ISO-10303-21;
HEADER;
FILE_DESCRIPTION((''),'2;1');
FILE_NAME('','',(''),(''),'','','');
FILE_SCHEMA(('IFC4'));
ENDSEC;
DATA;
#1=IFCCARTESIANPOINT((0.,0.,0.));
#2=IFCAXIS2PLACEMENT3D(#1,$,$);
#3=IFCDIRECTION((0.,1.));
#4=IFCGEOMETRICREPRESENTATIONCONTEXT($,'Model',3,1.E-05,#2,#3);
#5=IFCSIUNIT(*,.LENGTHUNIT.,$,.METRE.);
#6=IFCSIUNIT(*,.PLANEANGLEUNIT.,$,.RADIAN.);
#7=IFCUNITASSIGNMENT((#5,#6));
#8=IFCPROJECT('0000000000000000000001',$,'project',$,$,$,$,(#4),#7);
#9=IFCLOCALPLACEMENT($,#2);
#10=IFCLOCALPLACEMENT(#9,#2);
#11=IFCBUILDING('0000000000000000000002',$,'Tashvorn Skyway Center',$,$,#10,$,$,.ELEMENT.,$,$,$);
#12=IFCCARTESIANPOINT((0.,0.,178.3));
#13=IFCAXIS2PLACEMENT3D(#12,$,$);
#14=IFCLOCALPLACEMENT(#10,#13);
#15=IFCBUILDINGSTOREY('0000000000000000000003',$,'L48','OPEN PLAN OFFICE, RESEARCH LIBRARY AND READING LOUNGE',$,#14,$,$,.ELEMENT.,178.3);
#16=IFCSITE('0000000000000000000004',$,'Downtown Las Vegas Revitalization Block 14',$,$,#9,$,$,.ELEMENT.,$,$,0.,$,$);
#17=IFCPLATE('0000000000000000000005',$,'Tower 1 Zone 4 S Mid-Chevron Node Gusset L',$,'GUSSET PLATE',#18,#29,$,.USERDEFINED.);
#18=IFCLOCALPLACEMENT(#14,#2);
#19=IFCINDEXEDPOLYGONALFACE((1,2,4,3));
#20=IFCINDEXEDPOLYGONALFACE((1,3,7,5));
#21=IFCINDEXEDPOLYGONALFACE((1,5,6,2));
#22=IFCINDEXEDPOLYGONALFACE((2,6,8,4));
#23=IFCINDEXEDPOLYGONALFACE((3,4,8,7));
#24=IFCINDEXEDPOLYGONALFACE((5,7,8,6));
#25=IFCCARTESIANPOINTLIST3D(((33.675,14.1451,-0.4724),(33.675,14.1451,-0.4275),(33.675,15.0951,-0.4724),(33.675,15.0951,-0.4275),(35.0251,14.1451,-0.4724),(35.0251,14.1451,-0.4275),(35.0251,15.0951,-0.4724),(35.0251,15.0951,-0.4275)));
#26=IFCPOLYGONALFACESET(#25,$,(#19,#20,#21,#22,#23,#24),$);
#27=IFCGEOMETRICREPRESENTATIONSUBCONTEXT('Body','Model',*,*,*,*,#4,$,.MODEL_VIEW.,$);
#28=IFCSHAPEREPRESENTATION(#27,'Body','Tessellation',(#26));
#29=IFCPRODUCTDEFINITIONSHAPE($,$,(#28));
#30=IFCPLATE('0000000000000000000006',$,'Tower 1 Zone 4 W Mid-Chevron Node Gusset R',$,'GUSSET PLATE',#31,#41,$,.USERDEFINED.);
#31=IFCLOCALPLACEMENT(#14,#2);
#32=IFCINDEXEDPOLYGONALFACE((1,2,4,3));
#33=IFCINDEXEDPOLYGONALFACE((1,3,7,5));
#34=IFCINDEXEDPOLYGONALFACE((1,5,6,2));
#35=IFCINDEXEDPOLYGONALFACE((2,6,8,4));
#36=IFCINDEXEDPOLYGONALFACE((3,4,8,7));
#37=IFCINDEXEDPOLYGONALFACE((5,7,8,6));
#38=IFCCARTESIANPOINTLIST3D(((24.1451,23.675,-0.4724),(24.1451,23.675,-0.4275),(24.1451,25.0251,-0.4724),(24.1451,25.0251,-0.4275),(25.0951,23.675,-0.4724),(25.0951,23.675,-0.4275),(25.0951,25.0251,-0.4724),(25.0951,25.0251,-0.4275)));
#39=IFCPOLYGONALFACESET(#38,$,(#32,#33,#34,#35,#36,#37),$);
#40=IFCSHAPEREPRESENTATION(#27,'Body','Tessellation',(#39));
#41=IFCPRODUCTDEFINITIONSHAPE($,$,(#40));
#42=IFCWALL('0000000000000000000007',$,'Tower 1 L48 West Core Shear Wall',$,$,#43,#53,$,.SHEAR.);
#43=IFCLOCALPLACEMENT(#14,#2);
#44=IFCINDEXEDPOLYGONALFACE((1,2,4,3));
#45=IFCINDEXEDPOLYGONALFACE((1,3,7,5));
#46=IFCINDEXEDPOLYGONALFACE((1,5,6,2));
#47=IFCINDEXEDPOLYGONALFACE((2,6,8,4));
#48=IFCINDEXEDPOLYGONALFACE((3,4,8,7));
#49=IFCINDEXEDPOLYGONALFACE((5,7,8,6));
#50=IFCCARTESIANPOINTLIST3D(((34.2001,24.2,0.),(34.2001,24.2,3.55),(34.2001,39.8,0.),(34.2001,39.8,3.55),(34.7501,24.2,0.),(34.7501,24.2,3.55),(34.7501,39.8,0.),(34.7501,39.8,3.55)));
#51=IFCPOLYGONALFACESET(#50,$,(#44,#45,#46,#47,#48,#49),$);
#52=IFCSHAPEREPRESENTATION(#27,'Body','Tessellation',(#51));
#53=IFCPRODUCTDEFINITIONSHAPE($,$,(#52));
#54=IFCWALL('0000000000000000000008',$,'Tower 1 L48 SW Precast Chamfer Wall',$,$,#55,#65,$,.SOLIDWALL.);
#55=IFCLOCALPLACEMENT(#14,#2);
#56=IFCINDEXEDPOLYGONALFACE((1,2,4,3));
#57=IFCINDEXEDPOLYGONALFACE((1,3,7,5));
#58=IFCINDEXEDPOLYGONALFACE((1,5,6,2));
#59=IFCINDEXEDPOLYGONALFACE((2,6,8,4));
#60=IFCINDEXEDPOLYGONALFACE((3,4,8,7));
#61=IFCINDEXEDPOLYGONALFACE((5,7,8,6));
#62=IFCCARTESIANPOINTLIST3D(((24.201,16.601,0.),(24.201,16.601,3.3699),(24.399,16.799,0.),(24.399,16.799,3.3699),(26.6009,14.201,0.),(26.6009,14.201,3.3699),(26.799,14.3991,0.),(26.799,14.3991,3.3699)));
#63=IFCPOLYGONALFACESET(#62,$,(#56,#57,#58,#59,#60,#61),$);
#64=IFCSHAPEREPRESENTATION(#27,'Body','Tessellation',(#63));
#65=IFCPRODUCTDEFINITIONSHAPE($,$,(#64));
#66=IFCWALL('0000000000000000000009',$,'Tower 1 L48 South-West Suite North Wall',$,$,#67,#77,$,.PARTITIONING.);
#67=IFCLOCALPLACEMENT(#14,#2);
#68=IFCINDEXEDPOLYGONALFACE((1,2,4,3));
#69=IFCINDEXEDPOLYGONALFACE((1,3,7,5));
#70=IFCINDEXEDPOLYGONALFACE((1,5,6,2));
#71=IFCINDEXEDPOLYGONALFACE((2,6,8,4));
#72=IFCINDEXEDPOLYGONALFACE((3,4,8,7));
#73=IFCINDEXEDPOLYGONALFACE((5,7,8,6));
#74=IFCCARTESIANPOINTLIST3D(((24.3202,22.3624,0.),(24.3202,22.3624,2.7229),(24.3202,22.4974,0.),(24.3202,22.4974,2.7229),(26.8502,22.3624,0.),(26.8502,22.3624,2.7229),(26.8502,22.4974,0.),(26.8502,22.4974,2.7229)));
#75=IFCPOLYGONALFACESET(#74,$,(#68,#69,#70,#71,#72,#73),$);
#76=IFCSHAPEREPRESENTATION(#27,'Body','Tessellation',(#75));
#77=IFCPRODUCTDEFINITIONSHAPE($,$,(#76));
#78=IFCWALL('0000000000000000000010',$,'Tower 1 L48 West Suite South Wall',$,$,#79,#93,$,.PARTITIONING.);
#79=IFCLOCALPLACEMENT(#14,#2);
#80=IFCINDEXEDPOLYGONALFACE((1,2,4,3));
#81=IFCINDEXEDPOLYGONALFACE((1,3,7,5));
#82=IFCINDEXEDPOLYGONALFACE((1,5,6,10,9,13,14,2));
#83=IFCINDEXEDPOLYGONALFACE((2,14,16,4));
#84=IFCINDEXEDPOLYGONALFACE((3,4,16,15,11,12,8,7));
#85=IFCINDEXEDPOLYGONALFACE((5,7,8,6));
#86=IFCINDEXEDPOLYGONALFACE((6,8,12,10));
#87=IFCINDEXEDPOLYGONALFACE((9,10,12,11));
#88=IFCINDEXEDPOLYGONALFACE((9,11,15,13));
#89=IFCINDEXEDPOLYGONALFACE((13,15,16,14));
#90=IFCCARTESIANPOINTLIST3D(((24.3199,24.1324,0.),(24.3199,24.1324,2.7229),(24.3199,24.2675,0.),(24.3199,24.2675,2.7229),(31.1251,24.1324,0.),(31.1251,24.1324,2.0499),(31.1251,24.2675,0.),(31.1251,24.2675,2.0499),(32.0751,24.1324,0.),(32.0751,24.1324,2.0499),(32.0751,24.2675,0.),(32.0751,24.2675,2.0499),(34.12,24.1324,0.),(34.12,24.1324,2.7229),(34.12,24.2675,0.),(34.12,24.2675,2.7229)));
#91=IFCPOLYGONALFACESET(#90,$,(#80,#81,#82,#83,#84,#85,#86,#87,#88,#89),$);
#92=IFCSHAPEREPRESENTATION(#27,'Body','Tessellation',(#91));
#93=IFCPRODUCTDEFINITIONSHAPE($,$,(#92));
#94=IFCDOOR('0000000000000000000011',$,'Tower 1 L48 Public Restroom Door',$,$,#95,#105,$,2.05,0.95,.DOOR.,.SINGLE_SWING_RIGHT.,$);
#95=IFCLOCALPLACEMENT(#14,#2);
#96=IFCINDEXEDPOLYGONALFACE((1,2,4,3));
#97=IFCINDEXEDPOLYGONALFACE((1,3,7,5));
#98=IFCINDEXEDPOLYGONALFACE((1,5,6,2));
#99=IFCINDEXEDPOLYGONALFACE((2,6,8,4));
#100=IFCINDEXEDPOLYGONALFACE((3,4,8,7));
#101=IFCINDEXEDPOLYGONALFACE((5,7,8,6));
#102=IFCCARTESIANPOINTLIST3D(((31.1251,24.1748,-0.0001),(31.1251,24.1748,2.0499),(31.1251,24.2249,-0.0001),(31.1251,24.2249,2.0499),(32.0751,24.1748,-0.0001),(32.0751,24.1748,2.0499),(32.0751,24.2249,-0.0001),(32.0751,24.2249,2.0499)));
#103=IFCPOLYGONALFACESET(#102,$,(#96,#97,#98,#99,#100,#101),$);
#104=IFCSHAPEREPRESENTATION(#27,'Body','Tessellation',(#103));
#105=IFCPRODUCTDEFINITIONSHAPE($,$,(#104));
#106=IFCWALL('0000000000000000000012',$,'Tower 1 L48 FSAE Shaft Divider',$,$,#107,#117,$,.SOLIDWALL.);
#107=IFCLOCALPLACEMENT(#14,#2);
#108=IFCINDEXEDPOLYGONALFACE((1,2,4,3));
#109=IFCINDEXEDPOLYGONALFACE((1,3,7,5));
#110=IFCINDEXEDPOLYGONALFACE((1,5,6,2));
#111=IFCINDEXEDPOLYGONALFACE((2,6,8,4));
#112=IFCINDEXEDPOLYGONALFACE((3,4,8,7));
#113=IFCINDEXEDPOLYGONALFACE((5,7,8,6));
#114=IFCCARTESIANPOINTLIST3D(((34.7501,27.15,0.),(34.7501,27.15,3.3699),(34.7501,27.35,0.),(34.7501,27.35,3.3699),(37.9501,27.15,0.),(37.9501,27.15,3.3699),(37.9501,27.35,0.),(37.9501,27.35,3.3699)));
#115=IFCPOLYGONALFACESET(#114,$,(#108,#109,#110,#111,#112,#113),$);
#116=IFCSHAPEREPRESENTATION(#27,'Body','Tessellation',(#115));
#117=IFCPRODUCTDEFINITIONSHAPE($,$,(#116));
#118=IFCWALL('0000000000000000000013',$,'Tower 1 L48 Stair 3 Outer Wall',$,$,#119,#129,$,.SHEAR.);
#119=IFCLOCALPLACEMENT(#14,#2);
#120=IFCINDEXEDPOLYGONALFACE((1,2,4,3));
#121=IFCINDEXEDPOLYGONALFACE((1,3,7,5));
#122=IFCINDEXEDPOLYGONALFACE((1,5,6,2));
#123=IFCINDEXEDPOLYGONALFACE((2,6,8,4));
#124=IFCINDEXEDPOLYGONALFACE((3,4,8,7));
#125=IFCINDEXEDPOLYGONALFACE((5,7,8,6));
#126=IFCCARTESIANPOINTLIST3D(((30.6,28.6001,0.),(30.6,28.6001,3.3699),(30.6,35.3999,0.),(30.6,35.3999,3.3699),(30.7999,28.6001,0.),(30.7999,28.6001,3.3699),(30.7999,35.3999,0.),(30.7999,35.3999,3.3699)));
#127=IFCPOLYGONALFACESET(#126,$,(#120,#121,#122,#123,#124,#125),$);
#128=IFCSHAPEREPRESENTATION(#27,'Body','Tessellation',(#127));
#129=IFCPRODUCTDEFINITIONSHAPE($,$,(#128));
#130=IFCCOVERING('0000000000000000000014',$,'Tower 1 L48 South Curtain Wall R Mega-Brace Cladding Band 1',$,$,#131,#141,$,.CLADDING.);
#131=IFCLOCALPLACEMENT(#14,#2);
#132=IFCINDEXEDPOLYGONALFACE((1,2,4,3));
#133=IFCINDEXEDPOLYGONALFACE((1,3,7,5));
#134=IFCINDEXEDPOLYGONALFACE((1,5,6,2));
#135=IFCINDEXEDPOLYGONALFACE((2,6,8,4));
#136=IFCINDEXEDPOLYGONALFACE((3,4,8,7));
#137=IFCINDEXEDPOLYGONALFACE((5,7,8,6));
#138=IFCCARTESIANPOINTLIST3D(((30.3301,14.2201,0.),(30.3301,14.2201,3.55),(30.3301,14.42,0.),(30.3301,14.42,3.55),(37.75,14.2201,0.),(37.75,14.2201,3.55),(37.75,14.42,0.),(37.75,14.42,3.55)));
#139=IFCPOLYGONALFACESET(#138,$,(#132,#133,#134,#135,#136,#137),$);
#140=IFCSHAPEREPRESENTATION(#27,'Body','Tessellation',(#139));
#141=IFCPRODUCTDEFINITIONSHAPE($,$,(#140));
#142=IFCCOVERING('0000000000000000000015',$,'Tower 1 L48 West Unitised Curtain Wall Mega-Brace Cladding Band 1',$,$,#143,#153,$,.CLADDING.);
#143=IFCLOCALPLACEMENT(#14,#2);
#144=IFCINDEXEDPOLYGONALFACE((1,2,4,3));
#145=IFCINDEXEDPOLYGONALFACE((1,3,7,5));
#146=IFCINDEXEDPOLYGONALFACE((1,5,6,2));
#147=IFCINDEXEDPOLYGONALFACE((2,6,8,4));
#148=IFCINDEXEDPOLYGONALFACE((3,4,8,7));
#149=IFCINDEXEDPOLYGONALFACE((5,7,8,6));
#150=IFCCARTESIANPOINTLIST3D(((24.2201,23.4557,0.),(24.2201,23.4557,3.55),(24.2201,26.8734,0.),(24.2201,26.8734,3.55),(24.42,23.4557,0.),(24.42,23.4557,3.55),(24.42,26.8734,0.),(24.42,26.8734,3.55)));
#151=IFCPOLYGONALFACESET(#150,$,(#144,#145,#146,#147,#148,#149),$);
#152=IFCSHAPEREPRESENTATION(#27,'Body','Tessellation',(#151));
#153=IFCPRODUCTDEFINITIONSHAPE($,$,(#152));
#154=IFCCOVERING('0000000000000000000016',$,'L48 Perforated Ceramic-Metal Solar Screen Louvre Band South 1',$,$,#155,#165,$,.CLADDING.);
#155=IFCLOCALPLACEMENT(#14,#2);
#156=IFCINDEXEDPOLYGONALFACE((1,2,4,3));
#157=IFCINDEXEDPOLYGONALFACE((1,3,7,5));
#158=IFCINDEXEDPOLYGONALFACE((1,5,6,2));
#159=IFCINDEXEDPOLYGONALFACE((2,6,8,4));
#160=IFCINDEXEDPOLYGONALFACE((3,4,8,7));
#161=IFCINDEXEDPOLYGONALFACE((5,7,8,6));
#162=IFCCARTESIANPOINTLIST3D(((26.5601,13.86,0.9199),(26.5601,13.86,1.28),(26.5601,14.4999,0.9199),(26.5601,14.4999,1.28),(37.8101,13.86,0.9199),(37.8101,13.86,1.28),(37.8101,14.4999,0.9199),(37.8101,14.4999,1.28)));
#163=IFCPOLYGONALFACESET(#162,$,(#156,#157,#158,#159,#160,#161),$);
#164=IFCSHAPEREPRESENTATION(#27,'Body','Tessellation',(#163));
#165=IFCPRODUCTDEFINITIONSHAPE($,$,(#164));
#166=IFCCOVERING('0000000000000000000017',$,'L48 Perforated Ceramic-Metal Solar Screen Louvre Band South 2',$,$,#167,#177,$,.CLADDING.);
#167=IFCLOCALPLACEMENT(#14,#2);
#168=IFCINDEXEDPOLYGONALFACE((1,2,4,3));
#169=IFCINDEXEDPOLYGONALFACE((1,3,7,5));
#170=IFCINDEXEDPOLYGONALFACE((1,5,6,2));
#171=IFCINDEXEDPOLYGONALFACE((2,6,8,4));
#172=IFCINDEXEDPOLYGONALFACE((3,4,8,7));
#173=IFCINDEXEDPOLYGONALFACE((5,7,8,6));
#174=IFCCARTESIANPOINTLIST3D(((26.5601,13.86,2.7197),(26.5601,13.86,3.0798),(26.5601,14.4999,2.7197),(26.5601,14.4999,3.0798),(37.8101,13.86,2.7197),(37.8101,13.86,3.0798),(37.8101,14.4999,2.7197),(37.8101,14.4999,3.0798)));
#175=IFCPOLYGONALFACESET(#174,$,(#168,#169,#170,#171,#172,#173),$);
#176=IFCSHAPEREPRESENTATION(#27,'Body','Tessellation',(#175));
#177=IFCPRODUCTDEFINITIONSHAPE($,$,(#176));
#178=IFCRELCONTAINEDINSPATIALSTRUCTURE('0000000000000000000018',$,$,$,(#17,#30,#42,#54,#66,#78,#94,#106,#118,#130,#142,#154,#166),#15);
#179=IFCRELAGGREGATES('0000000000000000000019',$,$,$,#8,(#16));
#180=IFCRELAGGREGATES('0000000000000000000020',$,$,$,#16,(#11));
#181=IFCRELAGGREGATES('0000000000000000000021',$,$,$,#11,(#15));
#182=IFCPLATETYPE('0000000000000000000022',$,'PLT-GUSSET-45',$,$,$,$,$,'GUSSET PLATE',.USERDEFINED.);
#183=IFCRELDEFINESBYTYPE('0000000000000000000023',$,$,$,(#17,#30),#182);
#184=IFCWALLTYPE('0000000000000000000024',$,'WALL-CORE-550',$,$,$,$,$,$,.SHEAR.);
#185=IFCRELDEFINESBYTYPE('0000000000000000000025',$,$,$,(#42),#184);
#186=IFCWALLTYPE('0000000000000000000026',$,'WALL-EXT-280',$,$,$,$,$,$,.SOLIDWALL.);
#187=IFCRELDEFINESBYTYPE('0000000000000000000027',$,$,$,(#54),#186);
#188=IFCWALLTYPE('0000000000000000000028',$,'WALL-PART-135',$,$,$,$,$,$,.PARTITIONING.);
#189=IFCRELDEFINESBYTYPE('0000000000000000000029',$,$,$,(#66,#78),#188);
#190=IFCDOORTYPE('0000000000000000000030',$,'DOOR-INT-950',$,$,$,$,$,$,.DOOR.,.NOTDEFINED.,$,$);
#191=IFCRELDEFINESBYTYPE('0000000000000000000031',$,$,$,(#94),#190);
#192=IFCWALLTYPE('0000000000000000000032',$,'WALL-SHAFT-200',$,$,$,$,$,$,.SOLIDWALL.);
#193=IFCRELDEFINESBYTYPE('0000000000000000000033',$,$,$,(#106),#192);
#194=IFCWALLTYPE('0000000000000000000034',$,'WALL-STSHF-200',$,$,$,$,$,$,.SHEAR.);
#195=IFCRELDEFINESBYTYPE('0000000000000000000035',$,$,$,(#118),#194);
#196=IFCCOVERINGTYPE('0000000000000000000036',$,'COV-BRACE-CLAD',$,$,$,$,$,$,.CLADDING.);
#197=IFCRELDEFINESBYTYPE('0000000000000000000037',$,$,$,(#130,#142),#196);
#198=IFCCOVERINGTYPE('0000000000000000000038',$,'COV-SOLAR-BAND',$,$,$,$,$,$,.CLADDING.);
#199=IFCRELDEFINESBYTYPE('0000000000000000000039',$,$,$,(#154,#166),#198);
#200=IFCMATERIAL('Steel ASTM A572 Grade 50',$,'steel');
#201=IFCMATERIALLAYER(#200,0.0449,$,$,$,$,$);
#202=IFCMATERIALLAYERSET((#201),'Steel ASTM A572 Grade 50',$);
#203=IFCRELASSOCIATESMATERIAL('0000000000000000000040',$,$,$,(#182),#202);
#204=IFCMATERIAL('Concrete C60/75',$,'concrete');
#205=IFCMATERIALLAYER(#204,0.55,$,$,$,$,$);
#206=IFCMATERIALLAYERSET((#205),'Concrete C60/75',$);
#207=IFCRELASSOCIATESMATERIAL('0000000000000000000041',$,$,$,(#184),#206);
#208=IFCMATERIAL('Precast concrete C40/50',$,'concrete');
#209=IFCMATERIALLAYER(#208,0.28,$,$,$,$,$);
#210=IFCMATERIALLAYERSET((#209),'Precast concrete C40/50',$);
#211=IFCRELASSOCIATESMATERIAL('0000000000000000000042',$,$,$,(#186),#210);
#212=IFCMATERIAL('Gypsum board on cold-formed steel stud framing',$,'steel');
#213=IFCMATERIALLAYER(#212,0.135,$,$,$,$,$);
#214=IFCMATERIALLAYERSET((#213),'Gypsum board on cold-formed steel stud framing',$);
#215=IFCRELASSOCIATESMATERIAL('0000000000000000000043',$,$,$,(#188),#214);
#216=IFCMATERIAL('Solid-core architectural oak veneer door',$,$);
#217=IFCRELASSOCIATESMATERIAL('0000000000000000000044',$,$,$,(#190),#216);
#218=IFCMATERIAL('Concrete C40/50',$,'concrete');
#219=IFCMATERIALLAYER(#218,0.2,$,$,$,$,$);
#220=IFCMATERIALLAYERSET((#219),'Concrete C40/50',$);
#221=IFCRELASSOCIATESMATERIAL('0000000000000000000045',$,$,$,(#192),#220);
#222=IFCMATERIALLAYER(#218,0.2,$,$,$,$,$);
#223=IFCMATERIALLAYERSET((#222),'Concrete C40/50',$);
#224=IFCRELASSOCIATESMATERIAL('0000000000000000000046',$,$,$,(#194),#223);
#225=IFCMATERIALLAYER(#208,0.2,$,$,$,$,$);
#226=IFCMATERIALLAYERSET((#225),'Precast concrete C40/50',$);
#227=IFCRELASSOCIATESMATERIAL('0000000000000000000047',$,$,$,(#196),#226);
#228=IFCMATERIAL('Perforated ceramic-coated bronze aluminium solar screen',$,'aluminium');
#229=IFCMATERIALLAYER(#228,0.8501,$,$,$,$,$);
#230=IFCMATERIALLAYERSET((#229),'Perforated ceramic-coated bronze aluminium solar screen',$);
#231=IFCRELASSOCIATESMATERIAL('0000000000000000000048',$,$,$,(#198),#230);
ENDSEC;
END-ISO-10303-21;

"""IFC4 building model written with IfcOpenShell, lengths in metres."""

from ifc_helpers import new_model, si_unit, direction, frame, frame_2d, origin, origin_2d, place, context, subcontext, project, spatial, rectangle, extrude, material, layer, layer_set, type_object, element, fill, save


model = new_model("IFC4")

# Units and contexts
model_context = context("Model", 3, precision=1e-05, world=origin(), true_north=direction((0.0, 1.0)))
body_context = subcontext(model_context, "Body", "Model", "MODEL_VIEW")
ifc_project = project(units=[si_unit("LENGTHUNIT", "METRE"), si_unit("PLANEANGLEUNIT", "RADIAN")], contexts=[model_context])

# Site, building, storey
site_placement = place(None, origin())
site = spatial("IfcSite", under=ifc_project, at=site_placement, Name="Downtown Las Vegas Revitalization Block 14", CompositionType="ELEMENT", RefElevation=0.0)
building_placement = place(site_placement, origin())
building = spatial("IfcBuilding", under=site, at=building_placement, Name="Tashvorn Skyway Center", CompositionType="ELEMENT")
storey_placement = place(building_placement, frame((0.0, 0.0, 178.3)))
storey = spatial("IfcBuildingStorey", under=building, at=storey_placement, Name="L48", Description="OPEN PLAN OFFICE, RESEARCH LIBRARY AND READING LOUNGE", CompositionType="ELEMENT", Elevation=178.3)

# Shared definitions
ifc_material_1 = material(Name="Steel ASTM A572 Grade 50", Category="steel")

# Plates
ifc_layer_1 = layer(ifc_material_1, 0.0449)
ifc_layer_set_1 = layer_set([ifc_layer_1], Name="Steel ASTM A572 Grade 50")
plate_type_1 = type_object("IfcPlateType", Name="PLT-GUSSET-45", ElementType="GUSSET PLATE", PredefinedType="USERDEFINED", material=ifc_layer_set_1)
for number, where, z_axis, x_axis, name in (
    (1, (34.3501, 14.6201, -0.4724), (0.0, 0.0, 1.0), (1.0, 0.0, 0.0), "Tower 1 Zone 4 S Mid-Chevron Node Gusset L"),
    (2, (24.6201, 24.3501, -0.4724), (0.0, 0.0, 1.0), (0.0, -1.0, 0.0), "Tower 1 Zone 4 W Mid-Chevron Node Gusset R"),
):
    element("IfcPlate", number, at=place(storey_placement, frame(where, z_axis=z_axis, x_axis=x_axis)), inside=storey, type_object=plate_type_1, Name=name, ObjectType="GUSSET PLATE", PredefinedType="USERDEFINED", context=body_context, shape_type="SweptSolid", body=[
        extrude(rectangle(XDim=1.3501, YDim=0.95, at=origin_2d()), origin(), (0.0, 0.0, 1.0), 0.0449),
    ])

# Walls
ifc_material_2 = material(Name="Concrete C60/75", Category="concrete")
ifc_layer_2 = layer(ifc_material_2, 0.55)
ifc_layer_set_2 = layer_set([ifc_layer_2], Name="Concrete C60/75")
wall_type_1 = type_object("IfcWallType", Name="WALL-CORE-550", PredefinedType="SHEAR", material=ifc_layer_set_2)
wall_1_placement = place(storey_placement, frame((34.4751, 24.2, 0.0), z_axis=(0.0, 0.0, 1.0), x_axis=(0.0, 1.0, 0.0)))
element("IfcWall", 3, at=wall_1_placement, inside=storey, type_object=wall_type_1, Name="Tower 1 L48 West Core Shear Wall", PredefinedType="SHEAR", context=body_context, shape_type="SweptSolid", body=[
    extrude(rectangle(XDim=15.6001, YDim=0.55, at=frame_2d((7.8, 0.0))), origin(), (0.0, 0.0, 1.0), 3.55),
])
ifc_material_3 = material(Name="Precast concrete C40/50", Category="concrete")
ifc_layer_3 = layer(ifc_material_3, 0.28)
ifc_layer_set_3 = layer_set([ifc_layer_3], Name="Precast concrete C40/50")
wall_type_2 = type_object("IfcWallType", Name="WALL-EXT-280", PredefinedType="SOLIDWALL", material=ifc_layer_set_3)
wall_2_placement = place(storey_placement, frame((26.7, 14.3, 0.0), z_axis=(0.0, 0.0, 1.0), x_axis=(-0.707107, 0.707107, 0.0)))
element("IfcWall", 4, at=wall_2_placement, inside=storey, type_object=wall_type_2, Name="Tower 1 L48 SW Precast Chamfer Wall", PredefinedType="SOLIDWALL", context=body_context, shape_type="SweptSolid", body=[
    extrude(rectangle(XDim=3.394, YDim=0.28, at=frame_2d((1.697, 0.0))), origin(), (0.0, 0.0, 1.0), 3.3699),
])
ifc_material_4 = material(Name="Gypsum board on cold-formed steel stud framing", Category="steel")
ifc_layer_4 = layer(ifc_material_4, 0.135)
ifc_layer_set_4 = layer_set([ifc_layer_4], Name="Gypsum board on cold-formed steel stud framing")
wall_type_3 = type_object("IfcWallType", Name="WALL-PART-135", PredefinedType="PARTITIONING", material=ifc_layer_set_4)
wall_3_placement = place(storey_placement, frame((24.3201, 22.4299, 0.0), z_axis=(0.0, 0.0, 1.0), x_axis=(1.0, 0.0, 0.0)))
element("IfcWall", 5, at=wall_3_placement, inside=storey, type_object=wall_type_3, Name="Tower 1 L48 South-West Suite North Wall", PredefinedType="PARTITIONING", context=body_context, shape_type="SweptSolid", body=[
    extrude(rectangle(XDim=2.53, YDim=0.135, at=frame_2d((1.2651, 0.0))), origin(), (0.0, 0.0, 1.0), 2.7229),
])

# Wall, opening, door
wall_4_placement = place(storey_placement, frame((24.3201, 24.2, 0.0), z_axis=(0.0, 0.0, 1.0), x_axis=(1.0, 0.0, 0.0)))
wall_4 = element("IfcWall", 6, at=wall_4_placement, inside=storey, type_object=wall_type_3, Name="Tower 1 L48 West Suite South Wall", PredefinedType="PARTITIONING", context=body_context, shape_type="SweptSolid", body=[
    extrude(rectangle(XDim=9.8, YDim=0.135, at=frame_2d((4.8999, 0.0))), origin(), (0.0, 0.0, 1.0), 2.7229),
])
opening_placement = place(wall_4_placement, frame((6.8049, 0.0, 0.0)))
opening = element("IfcOpeningElement", 7, at=opening_placement, cuts=wall_4, PredefinedType="OPENING", context=body_context, shape_type="SweptSolid", body=[
    extrude(rectangle(XDim=0.95, YDim=2.05, at=frame_2d((0.4751, 1.0249))), frame((0.0, 0.0774, 0.0), z_axis=(0.0, -1.0, 0.0), x_axis=(1.0, 0.0, 0.0)), (0.0, 0.0, 1.0), 0.155),
])
ifc_material_5 = material(Name="Solid-core architectural oak veneer door")
door_type = type_object("IfcDoorType", Name="DOOR-INT-950", OperationType="NOTDEFINED", PredefinedType="DOOR", material=ifc_material_5)
door_placement = place(opening_placement, origin())
door = element("IfcDoor", 8, at=door_placement, inside=storey, type_object=door_type, Name="Tower 1 L48 Public Restroom Door", OperationType="SINGLE_SWING_RIGHT", OverallHeight=2.05, OverallWidth=0.95, PredefinedType="DOOR", context=body_context, shape_type="SweptSolid", body=[
    extrude(rectangle(XDim=0.95, YDim=2.05, at=frame_2d((0.4751, 1.0249))), frame((0.0, 0.0249, 0.0), z_axis=(0.0, -1.0, 0.0), x_axis=(1.0, 0.0, 0.0)), (0.0, 0.0, 1.0), 0.05),
])
fill(opening, door)

# Walls
ifc_material_6 = material(Name="Concrete C40/50", Category="concrete")
ifc_layer_5 = layer(ifc_material_6, 0.2)
ifc_layer_set_5 = layer_set([ifc_layer_5], Name="Concrete C40/50")
wall_type_4 = type_object("IfcWallType", Name="WALL-SHAFT-200", PredefinedType="SOLIDWALL", material=ifc_layer_set_5)
wall_5_placement = place(storey_placement, frame((34.75, 27.25, 0.0), z_axis=(0.0, 0.0, 1.0), x_axis=(1.0, 0.0, 0.0)))
element("IfcWall", 9, at=wall_5_placement, inside=storey, type_object=wall_type_4, Name="Tower 1 L48 FSAE Shaft Divider", PredefinedType="SOLIDWALL", context=body_context, shape_type="SweptSolid", body=[
    extrude(rectangle(XDim=3.2, YDim=0.2, at=frame_2d((1.6001, 0.0))), origin(), (0.0, 0.0, 1.0), 3.3699),
])
ifc_layer_6 = layer(ifc_material_6, 0.2)
ifc_layer_set_6 = layer_set([ifc_layer_6], Name="Concrete C40/50")
wall_type_5 = type_object("IfcWallType", Name="WALL-STSHF-200", PredefinedType="SHEAR", material=ifc_layer_set_6)
wall_6_placement = place(storey_placement, frame((30.7, 28.6001, 0.0), z_axis=(0.0, 0.0, 1.0), x_axis=(0.0, 1.0, 0.0)))
element("IfcWall", 10, at=wall_6_placement, inside=storey, type_object=wall_type_5, Name="Tower 1 L48 Stair 3 Outer Wall", PredefinedType="SHEAR", context=body_context, shape_type="SweptSolid", body=[
    extrude(rectangle(XDim=6.7998, YDim=0.2, at=frame_2d((3.3999, 0.0))), origin(), (0.0, 0.0, 1.0), 3.3699),
])

# Coverings
ifc_layer_7 = layer(ifc_material_3, 0.2)
ifc_layer_set_7 = layer_set([ifc_layer_7], Name="Precast concrete C40/50")
covering_type_1 = type_object("IfcCoveringType", Name="COV-BRACE-CLAD", PredefinedType="CLADDING", material=ifc_layer_set_7)
covering_1_placement = place(storey_placement, frame((34.04, 14.3201, 0.0), z_axis=(0.0, 0.0, 1.0), x_axis=(-1.0, 0.0, 0.0)))
element("IfcCovering", 11, at=covering_1_placement, inside=storey, type_object=covering_type_1, Name="Tower 1 L48 South Curtain Wall R Mega-Brace Cladding Band 1", PredefinedType="CLADDING", context=body_context, shape_type="SweptSolid", body=[
    extrude(rectangle(XDim=7.4199, YDim=0.2, at=origin_2d()), origin(), (0.0, 0.0, 1.0), 3.55),
])
covering_2_placement = place(storey_placement, frame((24.3201, 25.1646, 0.0), z_axis=(0.0, 0.0, 1.0), x_axis=(0.0, 1.0, 0.0)))
element("IfcCovering", 12, at=covering_2_placement, inside=storey, type_object=covering_type_1, Name="Tower 1 L48 West Unitised Curtain Wall Mega-Brace Cladding Band 1", PredefinedType="CLADDING", context=body_context, shape_type="SweptSolid", body=[
    extrude(rectangle(XDim=3.4177, YDim=0.2, at=origin_2d()), origin(), (0.0, 0.0, 1.0), 3.55),
])
ifc_material_7 = material(Name="Perforated ceramic-coated bronze aluminium solar screen", Category="aluminium")
ifc_layer_8 = layer(ifc_material_7, 0.8501)
ifc_layer_set_8 = layer_set([ifc_layer_8], Name="Perforated ceramic-coated bronze aluminium solar screen")
covering_type_2 = type_object("IfcCoveringType", Name="COV-SOLAR-BAND", PredefinedType="CLADDING", material=ifc_layer_set_8)
for number, where, z_axis, x_axis, name in (
    (13, (32.1851, 14.1799, 0.9199), (0.0, 0.0, 1.0), (-1.0, 0.0, 0.0), "L48 Perforated Ceramic-Metal Solar Screen Louvre Band South 1"),
    (14, (32.1851, 14.1799, 2.7197), (0.0, 0.0, 1.0), (-1.0, 0.0, 0.0), "L48 Perforated Ceramic-Metal Solar Screen Louvre Band South 2"),
):
    element("IfcCovering", number, at=place(storey_placement, frame(where, z_axis=z_axis, x_axis=x_axis)), inside=storey, type_object=covering_type_2, Name=name, PredefinedType="CLADDING", context=body_context, shape_type="SweptSolid", body=[
        extrude(rectangle(XDim=11.25, YDim=0.6399, at=origin_2d()), origin(), (0.0, 0.0, 1.0), 0.3601),
    ])

save(model, "model.ifc")
